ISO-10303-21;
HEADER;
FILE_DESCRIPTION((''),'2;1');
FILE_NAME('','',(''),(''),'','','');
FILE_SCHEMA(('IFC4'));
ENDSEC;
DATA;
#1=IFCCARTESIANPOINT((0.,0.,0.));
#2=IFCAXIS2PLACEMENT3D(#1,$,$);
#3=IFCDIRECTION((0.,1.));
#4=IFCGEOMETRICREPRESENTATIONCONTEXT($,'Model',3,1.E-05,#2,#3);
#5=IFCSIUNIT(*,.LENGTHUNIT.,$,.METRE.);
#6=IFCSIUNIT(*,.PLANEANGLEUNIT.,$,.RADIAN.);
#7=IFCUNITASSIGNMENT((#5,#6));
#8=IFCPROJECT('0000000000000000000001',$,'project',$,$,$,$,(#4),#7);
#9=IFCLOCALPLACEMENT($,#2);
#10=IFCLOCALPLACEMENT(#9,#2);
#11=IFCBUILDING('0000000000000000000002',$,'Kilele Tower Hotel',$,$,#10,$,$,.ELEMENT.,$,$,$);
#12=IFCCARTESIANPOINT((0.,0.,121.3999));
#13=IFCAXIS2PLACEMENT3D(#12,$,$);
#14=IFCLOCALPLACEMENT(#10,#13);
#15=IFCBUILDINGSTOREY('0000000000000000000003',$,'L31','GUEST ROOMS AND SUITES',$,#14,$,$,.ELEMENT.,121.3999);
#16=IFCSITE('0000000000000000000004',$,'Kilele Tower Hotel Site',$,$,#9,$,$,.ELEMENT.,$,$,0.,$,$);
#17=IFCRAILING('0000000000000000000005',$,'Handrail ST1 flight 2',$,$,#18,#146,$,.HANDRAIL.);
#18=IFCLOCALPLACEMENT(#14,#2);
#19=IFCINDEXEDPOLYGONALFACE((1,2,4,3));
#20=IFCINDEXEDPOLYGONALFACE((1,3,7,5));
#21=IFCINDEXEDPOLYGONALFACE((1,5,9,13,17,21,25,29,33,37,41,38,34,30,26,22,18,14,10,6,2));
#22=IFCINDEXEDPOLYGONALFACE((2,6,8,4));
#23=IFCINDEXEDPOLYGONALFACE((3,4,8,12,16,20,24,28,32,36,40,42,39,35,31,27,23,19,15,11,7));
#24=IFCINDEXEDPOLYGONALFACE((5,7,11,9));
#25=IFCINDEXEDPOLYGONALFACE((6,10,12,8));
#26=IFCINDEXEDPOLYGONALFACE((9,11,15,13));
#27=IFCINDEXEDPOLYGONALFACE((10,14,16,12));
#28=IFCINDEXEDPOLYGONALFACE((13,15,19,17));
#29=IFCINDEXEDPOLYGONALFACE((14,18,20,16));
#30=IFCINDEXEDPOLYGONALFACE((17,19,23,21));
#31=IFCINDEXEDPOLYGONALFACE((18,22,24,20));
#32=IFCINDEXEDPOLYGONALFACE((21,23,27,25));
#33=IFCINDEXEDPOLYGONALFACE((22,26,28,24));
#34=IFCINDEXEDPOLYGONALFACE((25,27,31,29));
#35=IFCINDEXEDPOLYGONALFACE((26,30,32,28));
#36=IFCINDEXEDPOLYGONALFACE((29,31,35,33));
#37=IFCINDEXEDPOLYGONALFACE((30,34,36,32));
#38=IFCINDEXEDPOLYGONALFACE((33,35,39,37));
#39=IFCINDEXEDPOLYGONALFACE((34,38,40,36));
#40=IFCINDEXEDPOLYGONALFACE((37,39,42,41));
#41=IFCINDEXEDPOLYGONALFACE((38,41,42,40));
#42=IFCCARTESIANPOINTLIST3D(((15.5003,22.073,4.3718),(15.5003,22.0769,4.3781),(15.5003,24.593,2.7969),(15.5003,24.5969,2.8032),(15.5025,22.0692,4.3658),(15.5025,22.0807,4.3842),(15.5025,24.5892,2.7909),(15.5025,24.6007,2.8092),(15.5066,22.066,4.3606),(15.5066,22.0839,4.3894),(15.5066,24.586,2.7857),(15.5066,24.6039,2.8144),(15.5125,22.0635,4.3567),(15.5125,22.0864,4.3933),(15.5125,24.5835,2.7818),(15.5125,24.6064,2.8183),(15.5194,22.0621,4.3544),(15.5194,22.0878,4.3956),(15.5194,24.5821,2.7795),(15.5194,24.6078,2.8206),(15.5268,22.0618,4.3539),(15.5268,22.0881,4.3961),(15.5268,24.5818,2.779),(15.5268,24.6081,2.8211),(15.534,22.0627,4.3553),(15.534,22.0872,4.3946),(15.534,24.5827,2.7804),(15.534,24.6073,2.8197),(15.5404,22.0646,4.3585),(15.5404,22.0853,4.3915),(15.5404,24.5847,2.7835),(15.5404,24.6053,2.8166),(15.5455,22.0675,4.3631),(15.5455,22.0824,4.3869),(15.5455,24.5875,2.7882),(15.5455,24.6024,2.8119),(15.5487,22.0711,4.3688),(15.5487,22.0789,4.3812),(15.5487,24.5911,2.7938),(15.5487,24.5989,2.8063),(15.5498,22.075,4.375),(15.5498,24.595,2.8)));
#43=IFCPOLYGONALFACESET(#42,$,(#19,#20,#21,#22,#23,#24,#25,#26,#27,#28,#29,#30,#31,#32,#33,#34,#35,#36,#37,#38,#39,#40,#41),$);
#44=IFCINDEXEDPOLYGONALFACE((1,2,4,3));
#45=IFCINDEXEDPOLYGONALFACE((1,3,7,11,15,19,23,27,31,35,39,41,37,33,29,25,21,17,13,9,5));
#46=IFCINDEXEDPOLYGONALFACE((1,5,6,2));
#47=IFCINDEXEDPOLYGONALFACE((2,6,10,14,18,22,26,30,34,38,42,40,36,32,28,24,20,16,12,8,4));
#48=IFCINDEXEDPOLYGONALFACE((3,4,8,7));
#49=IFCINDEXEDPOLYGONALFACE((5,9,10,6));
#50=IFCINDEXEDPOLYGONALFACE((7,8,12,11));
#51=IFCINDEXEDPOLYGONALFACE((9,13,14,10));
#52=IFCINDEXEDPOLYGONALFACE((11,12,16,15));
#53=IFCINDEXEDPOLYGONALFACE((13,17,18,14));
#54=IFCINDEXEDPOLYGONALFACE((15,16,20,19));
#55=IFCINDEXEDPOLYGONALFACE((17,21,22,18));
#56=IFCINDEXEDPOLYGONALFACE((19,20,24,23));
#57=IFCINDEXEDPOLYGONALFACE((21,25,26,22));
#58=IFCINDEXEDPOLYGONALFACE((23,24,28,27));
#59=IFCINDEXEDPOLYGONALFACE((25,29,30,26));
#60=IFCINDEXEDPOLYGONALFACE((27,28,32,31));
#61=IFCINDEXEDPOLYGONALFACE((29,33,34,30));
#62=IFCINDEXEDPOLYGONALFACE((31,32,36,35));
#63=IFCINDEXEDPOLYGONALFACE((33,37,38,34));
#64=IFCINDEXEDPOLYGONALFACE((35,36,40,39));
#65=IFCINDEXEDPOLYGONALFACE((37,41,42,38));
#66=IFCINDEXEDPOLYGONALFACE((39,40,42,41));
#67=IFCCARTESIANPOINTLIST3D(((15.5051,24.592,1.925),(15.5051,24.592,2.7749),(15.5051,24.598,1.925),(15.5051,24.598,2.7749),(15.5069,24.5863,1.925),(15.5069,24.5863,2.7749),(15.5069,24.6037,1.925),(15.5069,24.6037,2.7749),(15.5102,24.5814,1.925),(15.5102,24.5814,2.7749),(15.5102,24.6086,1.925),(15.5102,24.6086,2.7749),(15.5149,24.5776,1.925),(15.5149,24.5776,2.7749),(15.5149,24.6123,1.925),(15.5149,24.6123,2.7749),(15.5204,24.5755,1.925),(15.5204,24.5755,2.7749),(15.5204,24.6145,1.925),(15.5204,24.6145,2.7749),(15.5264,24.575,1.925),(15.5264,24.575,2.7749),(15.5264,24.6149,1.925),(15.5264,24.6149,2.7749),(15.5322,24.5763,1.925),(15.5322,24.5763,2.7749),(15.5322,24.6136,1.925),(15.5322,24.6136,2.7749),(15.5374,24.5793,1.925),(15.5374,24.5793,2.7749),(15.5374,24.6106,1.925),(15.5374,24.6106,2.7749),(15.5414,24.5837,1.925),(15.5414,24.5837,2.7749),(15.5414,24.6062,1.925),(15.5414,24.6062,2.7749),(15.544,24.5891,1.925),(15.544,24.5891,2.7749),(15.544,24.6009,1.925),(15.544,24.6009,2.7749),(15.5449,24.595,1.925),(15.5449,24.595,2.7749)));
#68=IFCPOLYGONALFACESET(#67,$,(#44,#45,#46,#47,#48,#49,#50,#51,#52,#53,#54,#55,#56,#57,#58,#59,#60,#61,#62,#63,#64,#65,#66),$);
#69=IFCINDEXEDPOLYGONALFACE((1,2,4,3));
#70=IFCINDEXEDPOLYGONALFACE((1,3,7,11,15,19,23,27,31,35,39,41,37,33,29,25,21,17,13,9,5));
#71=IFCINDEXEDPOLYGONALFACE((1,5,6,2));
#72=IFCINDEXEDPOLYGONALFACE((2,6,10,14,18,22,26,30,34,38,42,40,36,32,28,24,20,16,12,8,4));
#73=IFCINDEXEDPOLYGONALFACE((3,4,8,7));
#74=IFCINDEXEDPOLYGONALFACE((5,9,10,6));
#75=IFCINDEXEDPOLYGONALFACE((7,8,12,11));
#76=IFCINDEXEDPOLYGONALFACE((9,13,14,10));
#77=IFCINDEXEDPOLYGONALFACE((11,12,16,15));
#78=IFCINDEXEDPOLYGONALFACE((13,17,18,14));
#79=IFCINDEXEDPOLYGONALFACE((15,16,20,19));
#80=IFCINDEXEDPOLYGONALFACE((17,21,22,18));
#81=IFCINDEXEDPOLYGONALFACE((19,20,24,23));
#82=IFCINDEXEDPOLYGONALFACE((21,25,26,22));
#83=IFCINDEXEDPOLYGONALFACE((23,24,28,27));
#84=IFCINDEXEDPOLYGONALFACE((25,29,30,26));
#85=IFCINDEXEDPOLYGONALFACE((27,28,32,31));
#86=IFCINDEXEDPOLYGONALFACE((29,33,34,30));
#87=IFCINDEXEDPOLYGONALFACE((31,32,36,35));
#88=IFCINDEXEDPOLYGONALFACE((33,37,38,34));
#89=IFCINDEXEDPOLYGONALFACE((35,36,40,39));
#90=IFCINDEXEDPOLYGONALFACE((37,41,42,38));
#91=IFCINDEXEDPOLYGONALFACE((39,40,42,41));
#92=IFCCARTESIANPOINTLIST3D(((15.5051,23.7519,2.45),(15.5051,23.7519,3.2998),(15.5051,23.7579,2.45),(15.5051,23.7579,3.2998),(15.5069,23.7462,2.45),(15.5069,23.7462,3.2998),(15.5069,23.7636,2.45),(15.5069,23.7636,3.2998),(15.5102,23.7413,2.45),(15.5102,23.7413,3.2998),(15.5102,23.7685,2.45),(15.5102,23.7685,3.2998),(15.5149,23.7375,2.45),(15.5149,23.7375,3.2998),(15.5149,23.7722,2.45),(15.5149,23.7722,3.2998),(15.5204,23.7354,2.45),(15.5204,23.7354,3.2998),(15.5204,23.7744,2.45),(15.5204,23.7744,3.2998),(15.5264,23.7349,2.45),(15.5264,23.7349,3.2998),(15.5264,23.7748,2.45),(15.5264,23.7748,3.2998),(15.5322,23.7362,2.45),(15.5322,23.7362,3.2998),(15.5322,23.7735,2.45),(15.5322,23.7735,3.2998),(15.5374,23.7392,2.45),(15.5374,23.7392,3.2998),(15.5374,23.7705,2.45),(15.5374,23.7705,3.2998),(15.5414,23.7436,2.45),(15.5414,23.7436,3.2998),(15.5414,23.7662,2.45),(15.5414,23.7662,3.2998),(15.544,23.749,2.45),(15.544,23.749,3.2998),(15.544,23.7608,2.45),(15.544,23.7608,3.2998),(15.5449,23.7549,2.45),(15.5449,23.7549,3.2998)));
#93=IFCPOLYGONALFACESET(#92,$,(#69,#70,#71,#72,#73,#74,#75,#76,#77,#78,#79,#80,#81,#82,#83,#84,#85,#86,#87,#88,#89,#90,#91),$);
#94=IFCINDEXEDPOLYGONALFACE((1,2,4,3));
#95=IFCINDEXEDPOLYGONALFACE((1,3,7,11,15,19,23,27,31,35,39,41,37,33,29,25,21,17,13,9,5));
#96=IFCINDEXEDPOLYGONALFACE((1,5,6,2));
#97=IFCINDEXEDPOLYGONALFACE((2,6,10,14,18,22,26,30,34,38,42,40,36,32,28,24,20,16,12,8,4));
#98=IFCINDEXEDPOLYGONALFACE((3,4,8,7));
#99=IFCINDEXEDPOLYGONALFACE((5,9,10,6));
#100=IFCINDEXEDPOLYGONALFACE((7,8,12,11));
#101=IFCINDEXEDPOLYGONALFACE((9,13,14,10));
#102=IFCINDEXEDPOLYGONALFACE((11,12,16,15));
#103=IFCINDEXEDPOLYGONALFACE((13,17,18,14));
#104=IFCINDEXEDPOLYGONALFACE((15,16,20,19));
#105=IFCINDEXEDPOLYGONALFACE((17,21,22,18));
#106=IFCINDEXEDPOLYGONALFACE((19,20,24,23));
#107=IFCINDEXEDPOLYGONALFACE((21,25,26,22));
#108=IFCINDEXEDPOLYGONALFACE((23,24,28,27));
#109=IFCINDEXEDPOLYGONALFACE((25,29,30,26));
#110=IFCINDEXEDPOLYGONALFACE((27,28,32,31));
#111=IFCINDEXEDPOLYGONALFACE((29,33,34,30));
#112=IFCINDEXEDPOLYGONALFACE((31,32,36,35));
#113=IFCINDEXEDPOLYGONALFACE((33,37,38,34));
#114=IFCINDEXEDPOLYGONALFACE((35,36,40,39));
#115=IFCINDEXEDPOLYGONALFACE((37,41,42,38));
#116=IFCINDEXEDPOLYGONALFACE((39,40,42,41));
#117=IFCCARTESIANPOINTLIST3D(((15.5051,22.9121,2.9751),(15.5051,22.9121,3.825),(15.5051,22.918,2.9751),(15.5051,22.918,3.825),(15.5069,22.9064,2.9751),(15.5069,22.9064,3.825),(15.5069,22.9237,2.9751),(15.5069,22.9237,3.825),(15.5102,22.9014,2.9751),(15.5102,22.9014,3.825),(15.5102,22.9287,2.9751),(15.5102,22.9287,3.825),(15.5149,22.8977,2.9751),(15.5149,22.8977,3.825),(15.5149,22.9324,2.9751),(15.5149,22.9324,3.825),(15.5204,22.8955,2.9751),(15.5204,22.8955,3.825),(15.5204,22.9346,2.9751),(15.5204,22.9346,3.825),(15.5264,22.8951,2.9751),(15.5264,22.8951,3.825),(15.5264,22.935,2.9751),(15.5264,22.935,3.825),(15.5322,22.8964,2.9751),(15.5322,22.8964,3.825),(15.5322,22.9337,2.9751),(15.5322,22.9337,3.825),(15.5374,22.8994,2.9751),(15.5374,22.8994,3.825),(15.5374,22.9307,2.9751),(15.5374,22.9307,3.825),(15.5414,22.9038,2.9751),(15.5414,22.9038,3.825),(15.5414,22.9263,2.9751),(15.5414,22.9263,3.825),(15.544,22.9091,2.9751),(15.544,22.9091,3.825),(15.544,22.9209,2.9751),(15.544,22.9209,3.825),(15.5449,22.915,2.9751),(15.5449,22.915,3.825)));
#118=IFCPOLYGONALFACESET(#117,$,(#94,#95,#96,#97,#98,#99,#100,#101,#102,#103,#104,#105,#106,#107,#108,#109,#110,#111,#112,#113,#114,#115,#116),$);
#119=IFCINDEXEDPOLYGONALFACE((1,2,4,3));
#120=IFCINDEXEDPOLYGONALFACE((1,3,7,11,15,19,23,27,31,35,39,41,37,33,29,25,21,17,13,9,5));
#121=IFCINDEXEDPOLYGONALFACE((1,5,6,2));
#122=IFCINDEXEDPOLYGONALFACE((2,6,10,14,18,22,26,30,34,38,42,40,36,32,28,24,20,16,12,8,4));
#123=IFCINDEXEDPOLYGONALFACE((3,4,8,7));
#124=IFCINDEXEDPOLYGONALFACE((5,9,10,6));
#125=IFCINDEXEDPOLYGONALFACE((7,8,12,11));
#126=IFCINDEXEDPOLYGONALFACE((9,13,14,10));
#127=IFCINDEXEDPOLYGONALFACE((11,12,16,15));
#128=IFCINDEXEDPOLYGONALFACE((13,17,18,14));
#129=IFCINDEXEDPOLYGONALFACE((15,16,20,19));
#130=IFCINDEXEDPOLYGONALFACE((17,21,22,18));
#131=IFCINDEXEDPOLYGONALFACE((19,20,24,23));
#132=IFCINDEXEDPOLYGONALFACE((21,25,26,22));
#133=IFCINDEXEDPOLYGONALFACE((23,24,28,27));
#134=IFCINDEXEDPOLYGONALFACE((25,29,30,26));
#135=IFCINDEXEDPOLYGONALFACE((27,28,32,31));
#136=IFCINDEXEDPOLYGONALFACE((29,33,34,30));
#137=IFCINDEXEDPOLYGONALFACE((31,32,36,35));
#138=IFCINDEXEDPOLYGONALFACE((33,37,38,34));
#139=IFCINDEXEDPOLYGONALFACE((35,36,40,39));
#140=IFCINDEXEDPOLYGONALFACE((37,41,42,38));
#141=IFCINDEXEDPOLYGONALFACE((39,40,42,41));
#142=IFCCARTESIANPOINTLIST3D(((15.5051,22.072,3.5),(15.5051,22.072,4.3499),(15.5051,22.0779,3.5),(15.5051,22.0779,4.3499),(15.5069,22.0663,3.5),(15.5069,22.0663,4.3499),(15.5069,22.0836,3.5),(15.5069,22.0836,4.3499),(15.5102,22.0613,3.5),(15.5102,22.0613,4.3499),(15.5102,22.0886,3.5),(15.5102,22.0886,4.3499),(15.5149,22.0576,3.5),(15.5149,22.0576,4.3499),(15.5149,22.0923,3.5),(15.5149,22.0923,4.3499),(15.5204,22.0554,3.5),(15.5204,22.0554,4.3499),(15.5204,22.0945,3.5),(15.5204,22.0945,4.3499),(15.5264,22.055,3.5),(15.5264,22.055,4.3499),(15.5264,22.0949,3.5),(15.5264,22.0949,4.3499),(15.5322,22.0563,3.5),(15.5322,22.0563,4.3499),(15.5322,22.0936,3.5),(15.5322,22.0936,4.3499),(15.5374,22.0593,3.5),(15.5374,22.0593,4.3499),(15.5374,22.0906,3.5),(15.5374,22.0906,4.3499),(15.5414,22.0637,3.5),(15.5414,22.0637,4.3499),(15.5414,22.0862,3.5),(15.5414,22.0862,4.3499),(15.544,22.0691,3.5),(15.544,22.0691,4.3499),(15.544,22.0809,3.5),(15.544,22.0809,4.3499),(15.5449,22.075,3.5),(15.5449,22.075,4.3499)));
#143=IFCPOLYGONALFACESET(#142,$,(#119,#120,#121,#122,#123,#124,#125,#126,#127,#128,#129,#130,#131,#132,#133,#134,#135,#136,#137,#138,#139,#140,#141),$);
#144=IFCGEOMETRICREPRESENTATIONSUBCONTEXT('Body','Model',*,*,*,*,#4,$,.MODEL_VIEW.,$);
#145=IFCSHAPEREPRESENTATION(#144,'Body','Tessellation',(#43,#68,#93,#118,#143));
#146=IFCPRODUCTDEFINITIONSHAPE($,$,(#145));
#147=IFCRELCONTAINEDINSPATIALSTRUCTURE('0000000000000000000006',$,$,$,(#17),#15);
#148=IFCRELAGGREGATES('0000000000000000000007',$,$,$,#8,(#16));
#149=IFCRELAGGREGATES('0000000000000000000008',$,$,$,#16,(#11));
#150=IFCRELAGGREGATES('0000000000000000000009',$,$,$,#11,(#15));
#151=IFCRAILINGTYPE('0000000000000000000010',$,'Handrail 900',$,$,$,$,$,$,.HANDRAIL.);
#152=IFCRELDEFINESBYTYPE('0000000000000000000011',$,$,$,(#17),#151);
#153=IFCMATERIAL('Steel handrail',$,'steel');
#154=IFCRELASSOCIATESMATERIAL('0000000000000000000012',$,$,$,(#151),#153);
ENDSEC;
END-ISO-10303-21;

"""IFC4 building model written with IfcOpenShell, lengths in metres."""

from ifc_helpers import new_model, si_unit, direction, frame, origin, origin_2d, place, context, subcontext, project, spatial, circle, extrude, material, type_object, element, save


model = new_model("IFC4")

# Units and contexts
model_context = context("Model", 3, precision=1e-05, world=origin(), true_north=direction((0.0, 1.0)))
body_context = subcontext(model_context, "Body", "Model", "MODEL_VIEW")
ifc_project = project(units=[si_unit("LENGTHUNIT", "METRE"), si_unit("PLANEANGLEUNIT", "RADIAN")], contexts=[model_context])

# Site, building, storey
site_placement = place(None, origin())
site = spatial("IfcSite", under=ifc_project, at=site_placement, Name="Kilele Tower Hotel Site", CompositionType="ELEMENT", RefElevation=0.0)
building_placement = place(site_placement, origin())
building = spatial("IfcBuilding", under=site, at=building_placement, Name="Kilele Tower Hotel", CompositionType="ELEMENT")
storey_placement = place(building_placement, frame((0.0, 0.0, 121.3999)))
storey = spatial("IfcBuildingStorey", under=building, at=storey_placement, Name="L31", Description="GUEST ROOMS AND SUITES", CompositionType="ELEMENT", Elevation=121.3999)

# Railing
ifc_material_1 = material(Name="Steel handrail", Category="steel")
railing_type_1 = type_object("IfcRailingType", Name="Handrail 900", PredefinedType="HANDRAIL", material=ifc_material_1)
for number, where, name in (
    (1, (15.5249, 24.595, 1.925), "Handrail ST1 flight 2"),
):
    element("IfcRailing", number, at=place(storey_placement, frame(where)), inside=storey, type_object=railing_type_1, Name=name, PredefinedType="HANDRAIL", context=body_context, shape_type="SweptSolid", body=[
        extrude(circle(Radius=0.0249, at=origin_2d()), frame((0.0, 0.0, 0.875), z_axis=(0.0, -0.848008, 0.529984), x_axis=(1.0, 0.0, 0.0)), (0.0, 0.0, 1.0), 2.9717),
        extrude(circle(Radius=0.02, at=origin_2d()), origin(), (0.0, 0.0, 1.0), 0.8499),
        extrude(circle(Radius=0.02, at=origin_2d()), frame((0.0, -0.8401, 0.5249)), (0.0, 0.0, 1.0), 0.8499),
        extrude(circle(Radius=0.02, at=origin_2d()), frame((0.0, -1.6799, 1.05)), (0.0, 0.0, 1.0), 0.8499),
        extrude(circle(Radius=0.02, at=origin_2d()), frame((0.0, -2.52, 1.575)), (0.0, 0.0, 1.0), 0.8499),
    ])

save(model, "model.ifc")
